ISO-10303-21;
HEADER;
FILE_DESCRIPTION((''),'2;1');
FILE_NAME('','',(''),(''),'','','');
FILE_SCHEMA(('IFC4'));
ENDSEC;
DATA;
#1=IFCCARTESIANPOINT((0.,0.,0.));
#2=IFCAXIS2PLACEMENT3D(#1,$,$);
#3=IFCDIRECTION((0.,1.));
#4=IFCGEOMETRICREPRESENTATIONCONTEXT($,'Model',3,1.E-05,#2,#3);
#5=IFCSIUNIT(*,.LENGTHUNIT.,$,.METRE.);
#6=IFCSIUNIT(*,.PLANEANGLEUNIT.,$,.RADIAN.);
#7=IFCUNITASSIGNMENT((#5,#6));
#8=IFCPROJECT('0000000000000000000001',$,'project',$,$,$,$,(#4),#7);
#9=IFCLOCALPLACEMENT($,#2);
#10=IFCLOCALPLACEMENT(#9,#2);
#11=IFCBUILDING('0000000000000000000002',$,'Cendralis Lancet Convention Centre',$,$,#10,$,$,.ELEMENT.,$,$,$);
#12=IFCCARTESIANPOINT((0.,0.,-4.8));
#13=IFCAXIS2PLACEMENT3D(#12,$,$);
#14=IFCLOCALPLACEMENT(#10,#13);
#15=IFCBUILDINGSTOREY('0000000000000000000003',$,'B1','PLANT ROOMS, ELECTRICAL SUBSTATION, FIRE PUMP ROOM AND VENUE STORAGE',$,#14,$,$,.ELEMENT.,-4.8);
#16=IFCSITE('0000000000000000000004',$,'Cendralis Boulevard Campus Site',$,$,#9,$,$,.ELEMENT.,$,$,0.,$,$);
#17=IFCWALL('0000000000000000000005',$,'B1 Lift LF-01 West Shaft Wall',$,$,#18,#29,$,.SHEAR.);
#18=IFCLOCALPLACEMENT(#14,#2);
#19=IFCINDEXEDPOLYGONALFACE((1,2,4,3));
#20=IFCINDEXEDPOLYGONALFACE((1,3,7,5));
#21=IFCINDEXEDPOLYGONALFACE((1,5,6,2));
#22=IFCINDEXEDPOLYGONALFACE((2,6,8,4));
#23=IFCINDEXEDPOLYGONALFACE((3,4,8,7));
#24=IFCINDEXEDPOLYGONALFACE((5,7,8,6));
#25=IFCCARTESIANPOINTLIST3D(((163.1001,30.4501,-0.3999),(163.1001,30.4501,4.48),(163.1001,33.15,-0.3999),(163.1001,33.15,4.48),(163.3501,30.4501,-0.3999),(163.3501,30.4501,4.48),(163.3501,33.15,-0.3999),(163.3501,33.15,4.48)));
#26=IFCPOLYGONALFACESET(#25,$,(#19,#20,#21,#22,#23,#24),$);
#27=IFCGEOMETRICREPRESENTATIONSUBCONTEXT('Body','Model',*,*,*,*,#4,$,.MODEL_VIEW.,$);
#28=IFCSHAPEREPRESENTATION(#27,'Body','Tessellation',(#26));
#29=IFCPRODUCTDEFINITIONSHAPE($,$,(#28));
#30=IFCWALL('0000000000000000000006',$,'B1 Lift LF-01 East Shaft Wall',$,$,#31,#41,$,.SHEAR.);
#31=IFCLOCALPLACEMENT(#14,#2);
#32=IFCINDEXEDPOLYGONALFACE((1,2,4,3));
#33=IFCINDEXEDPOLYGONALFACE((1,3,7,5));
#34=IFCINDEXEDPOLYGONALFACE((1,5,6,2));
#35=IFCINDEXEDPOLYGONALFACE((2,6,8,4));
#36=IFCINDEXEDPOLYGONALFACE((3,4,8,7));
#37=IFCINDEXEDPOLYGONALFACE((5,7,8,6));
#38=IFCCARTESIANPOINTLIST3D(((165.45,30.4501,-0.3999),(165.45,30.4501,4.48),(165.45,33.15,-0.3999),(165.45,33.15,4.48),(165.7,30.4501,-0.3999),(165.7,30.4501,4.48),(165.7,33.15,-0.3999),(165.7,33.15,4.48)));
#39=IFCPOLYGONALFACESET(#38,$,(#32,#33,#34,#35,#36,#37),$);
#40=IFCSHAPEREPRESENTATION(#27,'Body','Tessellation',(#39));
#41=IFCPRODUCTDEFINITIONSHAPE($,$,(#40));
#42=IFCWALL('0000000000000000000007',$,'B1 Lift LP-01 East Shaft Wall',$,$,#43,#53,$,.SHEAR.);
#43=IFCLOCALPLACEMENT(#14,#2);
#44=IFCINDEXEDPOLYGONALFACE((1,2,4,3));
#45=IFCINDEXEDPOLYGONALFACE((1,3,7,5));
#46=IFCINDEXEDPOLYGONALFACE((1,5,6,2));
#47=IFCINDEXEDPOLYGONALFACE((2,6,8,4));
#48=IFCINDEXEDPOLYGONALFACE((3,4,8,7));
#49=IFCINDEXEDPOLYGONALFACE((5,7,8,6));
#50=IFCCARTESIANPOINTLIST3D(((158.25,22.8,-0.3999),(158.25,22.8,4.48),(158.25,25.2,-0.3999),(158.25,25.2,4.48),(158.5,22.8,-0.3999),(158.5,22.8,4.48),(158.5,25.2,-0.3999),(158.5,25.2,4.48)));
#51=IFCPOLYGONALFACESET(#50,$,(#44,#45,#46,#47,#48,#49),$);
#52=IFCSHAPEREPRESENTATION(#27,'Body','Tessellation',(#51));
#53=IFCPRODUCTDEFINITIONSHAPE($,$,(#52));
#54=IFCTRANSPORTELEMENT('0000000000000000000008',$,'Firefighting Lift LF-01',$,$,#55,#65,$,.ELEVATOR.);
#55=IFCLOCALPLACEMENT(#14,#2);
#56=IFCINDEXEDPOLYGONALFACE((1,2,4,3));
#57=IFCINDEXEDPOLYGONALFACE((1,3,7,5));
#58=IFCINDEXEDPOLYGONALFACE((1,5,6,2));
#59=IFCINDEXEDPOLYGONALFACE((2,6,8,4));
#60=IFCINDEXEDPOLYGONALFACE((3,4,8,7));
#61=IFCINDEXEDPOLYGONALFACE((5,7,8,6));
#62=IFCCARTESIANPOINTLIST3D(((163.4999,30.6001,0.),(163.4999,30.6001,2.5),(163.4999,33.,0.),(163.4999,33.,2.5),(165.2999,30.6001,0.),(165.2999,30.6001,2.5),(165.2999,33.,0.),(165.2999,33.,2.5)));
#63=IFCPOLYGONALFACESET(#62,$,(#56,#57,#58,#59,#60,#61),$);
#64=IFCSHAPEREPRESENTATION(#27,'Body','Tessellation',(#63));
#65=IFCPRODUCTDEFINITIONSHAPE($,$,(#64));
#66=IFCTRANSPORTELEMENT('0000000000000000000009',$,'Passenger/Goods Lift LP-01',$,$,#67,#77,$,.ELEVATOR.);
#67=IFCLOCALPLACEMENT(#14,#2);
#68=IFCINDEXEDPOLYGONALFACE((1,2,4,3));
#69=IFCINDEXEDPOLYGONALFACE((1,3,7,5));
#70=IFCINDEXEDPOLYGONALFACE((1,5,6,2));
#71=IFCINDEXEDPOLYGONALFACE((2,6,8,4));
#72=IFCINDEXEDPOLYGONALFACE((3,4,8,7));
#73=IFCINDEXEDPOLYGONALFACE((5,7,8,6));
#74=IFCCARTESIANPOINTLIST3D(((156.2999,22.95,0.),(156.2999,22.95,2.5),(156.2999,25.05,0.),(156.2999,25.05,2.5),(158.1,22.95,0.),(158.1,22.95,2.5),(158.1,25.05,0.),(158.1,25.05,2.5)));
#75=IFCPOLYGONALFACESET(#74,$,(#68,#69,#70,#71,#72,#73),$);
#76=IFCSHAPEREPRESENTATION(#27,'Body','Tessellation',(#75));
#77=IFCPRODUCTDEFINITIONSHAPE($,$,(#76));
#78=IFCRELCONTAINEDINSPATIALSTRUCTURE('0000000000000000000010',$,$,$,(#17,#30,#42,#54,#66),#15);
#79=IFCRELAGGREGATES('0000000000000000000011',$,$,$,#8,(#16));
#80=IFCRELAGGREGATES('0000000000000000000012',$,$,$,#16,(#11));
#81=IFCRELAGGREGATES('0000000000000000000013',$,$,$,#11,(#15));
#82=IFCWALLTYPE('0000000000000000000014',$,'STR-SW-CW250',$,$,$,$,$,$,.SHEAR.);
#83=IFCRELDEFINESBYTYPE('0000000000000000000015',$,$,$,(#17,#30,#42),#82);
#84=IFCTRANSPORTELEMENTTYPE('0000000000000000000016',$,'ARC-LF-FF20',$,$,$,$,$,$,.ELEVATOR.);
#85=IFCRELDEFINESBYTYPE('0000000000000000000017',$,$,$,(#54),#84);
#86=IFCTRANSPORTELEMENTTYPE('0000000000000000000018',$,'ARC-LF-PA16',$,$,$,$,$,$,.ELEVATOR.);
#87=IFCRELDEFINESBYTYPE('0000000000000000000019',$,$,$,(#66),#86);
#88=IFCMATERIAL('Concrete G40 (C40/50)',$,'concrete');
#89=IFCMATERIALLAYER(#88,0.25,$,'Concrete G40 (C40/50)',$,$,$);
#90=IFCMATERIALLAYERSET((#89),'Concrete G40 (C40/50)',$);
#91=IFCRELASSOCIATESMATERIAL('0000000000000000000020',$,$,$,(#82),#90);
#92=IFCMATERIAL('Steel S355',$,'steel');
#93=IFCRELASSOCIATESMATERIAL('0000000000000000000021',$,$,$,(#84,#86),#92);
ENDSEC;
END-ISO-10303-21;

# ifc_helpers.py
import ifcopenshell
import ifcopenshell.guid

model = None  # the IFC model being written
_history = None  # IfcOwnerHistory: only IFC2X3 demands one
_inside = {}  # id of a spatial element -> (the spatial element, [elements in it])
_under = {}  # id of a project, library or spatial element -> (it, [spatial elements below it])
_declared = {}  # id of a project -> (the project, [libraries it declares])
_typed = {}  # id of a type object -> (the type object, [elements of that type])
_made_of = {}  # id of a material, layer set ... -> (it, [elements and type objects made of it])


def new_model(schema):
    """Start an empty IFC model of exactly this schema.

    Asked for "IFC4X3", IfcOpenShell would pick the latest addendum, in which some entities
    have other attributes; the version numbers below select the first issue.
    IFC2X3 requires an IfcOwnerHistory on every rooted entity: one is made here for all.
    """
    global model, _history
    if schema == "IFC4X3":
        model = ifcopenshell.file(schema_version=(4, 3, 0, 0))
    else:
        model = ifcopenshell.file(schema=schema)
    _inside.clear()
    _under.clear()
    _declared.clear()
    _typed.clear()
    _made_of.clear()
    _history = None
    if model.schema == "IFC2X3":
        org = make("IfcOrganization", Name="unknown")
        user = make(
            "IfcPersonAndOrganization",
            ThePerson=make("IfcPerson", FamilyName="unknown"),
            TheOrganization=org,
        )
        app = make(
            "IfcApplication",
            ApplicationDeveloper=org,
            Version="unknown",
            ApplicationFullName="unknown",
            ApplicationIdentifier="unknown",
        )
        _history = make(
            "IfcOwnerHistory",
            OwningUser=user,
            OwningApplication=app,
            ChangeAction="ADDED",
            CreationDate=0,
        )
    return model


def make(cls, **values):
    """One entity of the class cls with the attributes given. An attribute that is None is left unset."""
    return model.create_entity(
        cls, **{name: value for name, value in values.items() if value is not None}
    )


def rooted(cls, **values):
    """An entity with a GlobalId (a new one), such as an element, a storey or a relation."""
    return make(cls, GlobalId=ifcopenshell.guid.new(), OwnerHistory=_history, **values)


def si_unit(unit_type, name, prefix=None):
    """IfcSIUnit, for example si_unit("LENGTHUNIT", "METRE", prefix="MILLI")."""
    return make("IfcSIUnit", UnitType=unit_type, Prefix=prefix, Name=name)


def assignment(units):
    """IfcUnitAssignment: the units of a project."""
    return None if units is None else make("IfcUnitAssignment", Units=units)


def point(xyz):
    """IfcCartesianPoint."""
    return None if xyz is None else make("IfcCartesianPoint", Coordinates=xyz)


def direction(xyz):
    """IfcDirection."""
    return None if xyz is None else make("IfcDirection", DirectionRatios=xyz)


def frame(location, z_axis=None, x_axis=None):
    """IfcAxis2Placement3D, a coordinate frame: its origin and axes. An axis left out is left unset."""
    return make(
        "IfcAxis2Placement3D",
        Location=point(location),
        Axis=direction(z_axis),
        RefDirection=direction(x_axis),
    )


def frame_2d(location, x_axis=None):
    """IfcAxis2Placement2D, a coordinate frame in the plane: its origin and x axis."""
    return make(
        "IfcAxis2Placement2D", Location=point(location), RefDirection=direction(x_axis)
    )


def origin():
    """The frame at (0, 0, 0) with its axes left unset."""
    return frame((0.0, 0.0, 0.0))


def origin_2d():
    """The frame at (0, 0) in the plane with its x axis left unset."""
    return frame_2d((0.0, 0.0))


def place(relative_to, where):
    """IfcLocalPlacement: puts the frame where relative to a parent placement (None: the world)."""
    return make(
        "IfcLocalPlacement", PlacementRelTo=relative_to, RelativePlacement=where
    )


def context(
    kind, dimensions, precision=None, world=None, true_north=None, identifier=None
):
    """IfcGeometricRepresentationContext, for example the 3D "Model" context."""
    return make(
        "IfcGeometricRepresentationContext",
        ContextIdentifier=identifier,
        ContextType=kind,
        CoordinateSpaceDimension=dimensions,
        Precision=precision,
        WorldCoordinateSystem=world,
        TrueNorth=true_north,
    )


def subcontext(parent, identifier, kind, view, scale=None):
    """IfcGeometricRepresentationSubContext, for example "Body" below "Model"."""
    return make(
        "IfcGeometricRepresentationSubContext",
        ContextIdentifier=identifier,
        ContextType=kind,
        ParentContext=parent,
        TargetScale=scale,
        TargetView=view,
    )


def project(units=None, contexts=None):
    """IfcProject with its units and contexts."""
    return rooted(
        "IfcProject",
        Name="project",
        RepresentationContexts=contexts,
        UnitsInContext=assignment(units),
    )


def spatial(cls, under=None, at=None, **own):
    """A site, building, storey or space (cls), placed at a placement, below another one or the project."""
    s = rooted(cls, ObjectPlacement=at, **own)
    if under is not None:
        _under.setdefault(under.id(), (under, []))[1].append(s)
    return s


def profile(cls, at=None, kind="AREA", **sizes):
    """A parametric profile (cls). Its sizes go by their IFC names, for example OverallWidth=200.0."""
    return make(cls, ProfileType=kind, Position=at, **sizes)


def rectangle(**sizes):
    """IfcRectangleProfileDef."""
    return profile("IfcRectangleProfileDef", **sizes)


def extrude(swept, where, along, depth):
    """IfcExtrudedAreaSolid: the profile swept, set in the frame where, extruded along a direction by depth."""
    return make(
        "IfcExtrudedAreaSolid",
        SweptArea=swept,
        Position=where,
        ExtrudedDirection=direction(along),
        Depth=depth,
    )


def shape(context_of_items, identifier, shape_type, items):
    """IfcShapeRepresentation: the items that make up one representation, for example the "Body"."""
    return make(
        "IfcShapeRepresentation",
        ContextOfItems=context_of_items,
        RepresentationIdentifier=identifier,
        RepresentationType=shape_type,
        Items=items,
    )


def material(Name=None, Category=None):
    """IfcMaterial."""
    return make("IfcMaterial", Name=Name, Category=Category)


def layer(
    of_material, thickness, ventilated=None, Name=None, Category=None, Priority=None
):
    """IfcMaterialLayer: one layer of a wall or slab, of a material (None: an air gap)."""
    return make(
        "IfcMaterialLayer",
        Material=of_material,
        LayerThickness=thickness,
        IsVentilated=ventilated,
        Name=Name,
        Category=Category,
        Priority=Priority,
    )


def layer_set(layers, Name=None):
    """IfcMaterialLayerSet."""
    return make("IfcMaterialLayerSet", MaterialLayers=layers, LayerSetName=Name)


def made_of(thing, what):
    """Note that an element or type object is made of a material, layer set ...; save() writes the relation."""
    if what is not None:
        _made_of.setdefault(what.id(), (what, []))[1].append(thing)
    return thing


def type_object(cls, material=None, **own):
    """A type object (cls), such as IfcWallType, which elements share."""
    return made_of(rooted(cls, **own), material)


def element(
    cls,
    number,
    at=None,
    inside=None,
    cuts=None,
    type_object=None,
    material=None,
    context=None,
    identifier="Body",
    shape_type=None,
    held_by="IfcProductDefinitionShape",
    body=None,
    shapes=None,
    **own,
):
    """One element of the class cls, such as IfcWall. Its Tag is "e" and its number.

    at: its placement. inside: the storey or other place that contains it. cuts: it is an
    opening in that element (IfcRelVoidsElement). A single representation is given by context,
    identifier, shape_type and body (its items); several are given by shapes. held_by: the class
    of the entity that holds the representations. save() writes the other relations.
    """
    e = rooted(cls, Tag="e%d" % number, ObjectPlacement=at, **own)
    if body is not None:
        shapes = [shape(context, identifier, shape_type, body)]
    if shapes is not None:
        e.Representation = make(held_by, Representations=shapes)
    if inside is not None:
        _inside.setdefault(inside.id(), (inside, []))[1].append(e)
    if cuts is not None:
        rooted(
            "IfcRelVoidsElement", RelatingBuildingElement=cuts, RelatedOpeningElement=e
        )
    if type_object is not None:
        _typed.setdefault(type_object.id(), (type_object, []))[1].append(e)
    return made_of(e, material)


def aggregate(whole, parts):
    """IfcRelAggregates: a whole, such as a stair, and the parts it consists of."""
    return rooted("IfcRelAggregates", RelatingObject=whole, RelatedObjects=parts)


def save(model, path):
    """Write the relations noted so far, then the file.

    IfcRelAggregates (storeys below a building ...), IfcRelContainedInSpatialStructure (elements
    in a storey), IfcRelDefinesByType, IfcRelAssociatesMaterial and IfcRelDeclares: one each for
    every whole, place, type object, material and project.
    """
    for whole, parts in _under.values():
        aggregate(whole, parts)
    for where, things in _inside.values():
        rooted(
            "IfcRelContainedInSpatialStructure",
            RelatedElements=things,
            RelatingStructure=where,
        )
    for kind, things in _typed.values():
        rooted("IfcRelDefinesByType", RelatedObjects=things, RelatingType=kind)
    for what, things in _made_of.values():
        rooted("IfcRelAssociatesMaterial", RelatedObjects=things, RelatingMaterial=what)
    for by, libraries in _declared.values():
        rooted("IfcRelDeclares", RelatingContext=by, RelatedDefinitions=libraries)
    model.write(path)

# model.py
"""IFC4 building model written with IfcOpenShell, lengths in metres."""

from ifc_helpers import new_model, si_unit, direction, frame, frame_2d, origin, origin_2d, place, context, subcontext, project, spatial, rectangle, extrude, material, layer, layer_set, type_object, element, save


model = new_model("IFC4")

# Units and contexts
model_context = context("Model", 3, precision=1e-05, world=origin(), true_north=direction((0.0, 1.0)))
body_context = subcontext(model_context, "Body", "Model", "MODEL_VIEW")
ifc_project = project(units=[si_unit("LENGTHUNIT", "METRE"), si_unit("PLANEANGLEUNIT", "RADIAN")], contexts=[model_context])

# Site, building, storey
site_placement = place(None, origin())
site = spatial("IfcSite", under=ifc_project, at=site_placement, Name="Cendralis Boulevard Campus Site", CompositionType="ELEMENT", RefElevation=0.0)
building_placement = place(site_placement, origin())
building = spatial("IfcBuilding", under=site, at=building_placement, Name="Cendralis Lancet Convention Centre", CompositionType="ELEMENT")
storey_placement = place(building_placement, frame((0.0, 0.0, -4.8)))
storey = spatial("IfcBuildingStorey", under=building, at=storey_placement, Name="B1", Description="PLANT ROOMS, ELECTRICAL SUBSTATION, FIRE PUMP ROOM AND VENUE STORAGE", CompositionType="ELEMENT", Elevation=-4.8)

# Shared definitions
ifc_material_1 = material(Name="Steel S355", Category="steel")

# Shared definitions
ifc_material_2 = material(Name="Concrete G40 (C40/50)", Category="concrete")

# Shared definitions
ifc_layer_1 = layer(ifc_material_2, 0.25, Name="Concrete G40 (C40/50)")
ifc_layer_set_1 = layer_set([ifc_layer_1], Name="Concrete G40 (C40/50)")
wall_type_1 = type_object("IfcWallType", Name="STR-SW-CW250", PredefinedType="SHEAR", material=ifc_layer_set_1)

# Walls
for number, where, z_axis, x_axis, name in (
    (1, (163.2251, 30.45, -0.3999), (0.0, 0.0, 1.0), (0.0, 1.0, 0.0), "B1 Lift LF-01 West Shaft Wall"),
    (2, (165.575, 30.45, -0.3999), (0.0, 0.0, 1.0), (0.0, 1.0, 0.0), "B1 Lift LF-01 East Shaft Wall"),
):
    element("IfcWall", number, at=place(storey_placement, frame(where, z_axis=z_axis, x_axis=x_axis)), inside=storey, type_object=wall_type_1, Name=name, PredefinedType="SHEAR", context=body_context, shape_type="SweptSolid", body=[
        extrude(rectangle(XDim=2.7, YDim=0.25, at=frame_2d((1.3501, 0.0))), origin(), (0.0, 0.0, 1.0), 4.8799),
    ])
wall_1_placement = place(storey_placement, frame((158.375, 22.8, -0.3999), z_axis=(0.0, 0.0, 1.0), x_axis=(0.0, 1.0, 0.0)))
element("IfcWall", 3, at=wall_1_placement, inside=storey, type_object=wall_type_1, Name="B1 Lift LP-01 East Shaft Wall", PredefinedType="SHEAR", context=body_context, shape_type="SweptSolid", body=[
    extrude(rectangle(XDim=2.3999, YDim=0.25, at=frame_2d((1.2, 0.0))), origin(), (0.0, 0.0, 1.0), 4.8799),
])

# Transport elements
transport_element_type_1 = type_object("IfcTransportElementType", Name="ARC-LF-FF20", PredefinedType="ELEVATOR", material=ifc_material_1)
transport_element_1_placement = place(storey_placement, frame((164.3999, 31.8, 0.0), z_axis=(0.0, 0.0, 1.0), x_axis=(1.0, 0.0, 0.0)))
element("IfcTransportElement", 4, at=transport_element_1_placement, inside=storey, type_object=transport_element_type_1, Name="Firefighting Lift LF-01", PredefinedType="ELEVATOR", context=body_context, shape_type="SweptSolid", body=[
    extrude(rectangle(XDim=1.8, YDim=2.3999, at=origin_2d()), origin(), (0.0, 0.0, 1.0), 2.5),
])
transport_element_type_2 = type_object("IfcTransportElementType", Name="ARC-LF-PA16", PredefinedType="ELEVATOR", material=ifc_material_1)
transport_element_2_placement = place(storey_placement, frame((157.2, 24.0, 0.0), z_axis=(0.0, 0.0, 1.0), x_axis=(1.0, 0.0, 0.0)))
element("IfcTransportElement", 5, at=transport_element_2_placement, inside=storey, type_object=transport_element_type_2, Name="Passenger/Goods Lift LP-01", PredefinedType="ELEVATOR", context=body_context, shape_type="SweptSolid", body=[
    extrude(rectangle(XDim=1.8, YDim=2.1001, at=origin_2d()), origin(), (0.0, 0.0, 1.0), 2.5),
])

save(model, "model.ifc")
